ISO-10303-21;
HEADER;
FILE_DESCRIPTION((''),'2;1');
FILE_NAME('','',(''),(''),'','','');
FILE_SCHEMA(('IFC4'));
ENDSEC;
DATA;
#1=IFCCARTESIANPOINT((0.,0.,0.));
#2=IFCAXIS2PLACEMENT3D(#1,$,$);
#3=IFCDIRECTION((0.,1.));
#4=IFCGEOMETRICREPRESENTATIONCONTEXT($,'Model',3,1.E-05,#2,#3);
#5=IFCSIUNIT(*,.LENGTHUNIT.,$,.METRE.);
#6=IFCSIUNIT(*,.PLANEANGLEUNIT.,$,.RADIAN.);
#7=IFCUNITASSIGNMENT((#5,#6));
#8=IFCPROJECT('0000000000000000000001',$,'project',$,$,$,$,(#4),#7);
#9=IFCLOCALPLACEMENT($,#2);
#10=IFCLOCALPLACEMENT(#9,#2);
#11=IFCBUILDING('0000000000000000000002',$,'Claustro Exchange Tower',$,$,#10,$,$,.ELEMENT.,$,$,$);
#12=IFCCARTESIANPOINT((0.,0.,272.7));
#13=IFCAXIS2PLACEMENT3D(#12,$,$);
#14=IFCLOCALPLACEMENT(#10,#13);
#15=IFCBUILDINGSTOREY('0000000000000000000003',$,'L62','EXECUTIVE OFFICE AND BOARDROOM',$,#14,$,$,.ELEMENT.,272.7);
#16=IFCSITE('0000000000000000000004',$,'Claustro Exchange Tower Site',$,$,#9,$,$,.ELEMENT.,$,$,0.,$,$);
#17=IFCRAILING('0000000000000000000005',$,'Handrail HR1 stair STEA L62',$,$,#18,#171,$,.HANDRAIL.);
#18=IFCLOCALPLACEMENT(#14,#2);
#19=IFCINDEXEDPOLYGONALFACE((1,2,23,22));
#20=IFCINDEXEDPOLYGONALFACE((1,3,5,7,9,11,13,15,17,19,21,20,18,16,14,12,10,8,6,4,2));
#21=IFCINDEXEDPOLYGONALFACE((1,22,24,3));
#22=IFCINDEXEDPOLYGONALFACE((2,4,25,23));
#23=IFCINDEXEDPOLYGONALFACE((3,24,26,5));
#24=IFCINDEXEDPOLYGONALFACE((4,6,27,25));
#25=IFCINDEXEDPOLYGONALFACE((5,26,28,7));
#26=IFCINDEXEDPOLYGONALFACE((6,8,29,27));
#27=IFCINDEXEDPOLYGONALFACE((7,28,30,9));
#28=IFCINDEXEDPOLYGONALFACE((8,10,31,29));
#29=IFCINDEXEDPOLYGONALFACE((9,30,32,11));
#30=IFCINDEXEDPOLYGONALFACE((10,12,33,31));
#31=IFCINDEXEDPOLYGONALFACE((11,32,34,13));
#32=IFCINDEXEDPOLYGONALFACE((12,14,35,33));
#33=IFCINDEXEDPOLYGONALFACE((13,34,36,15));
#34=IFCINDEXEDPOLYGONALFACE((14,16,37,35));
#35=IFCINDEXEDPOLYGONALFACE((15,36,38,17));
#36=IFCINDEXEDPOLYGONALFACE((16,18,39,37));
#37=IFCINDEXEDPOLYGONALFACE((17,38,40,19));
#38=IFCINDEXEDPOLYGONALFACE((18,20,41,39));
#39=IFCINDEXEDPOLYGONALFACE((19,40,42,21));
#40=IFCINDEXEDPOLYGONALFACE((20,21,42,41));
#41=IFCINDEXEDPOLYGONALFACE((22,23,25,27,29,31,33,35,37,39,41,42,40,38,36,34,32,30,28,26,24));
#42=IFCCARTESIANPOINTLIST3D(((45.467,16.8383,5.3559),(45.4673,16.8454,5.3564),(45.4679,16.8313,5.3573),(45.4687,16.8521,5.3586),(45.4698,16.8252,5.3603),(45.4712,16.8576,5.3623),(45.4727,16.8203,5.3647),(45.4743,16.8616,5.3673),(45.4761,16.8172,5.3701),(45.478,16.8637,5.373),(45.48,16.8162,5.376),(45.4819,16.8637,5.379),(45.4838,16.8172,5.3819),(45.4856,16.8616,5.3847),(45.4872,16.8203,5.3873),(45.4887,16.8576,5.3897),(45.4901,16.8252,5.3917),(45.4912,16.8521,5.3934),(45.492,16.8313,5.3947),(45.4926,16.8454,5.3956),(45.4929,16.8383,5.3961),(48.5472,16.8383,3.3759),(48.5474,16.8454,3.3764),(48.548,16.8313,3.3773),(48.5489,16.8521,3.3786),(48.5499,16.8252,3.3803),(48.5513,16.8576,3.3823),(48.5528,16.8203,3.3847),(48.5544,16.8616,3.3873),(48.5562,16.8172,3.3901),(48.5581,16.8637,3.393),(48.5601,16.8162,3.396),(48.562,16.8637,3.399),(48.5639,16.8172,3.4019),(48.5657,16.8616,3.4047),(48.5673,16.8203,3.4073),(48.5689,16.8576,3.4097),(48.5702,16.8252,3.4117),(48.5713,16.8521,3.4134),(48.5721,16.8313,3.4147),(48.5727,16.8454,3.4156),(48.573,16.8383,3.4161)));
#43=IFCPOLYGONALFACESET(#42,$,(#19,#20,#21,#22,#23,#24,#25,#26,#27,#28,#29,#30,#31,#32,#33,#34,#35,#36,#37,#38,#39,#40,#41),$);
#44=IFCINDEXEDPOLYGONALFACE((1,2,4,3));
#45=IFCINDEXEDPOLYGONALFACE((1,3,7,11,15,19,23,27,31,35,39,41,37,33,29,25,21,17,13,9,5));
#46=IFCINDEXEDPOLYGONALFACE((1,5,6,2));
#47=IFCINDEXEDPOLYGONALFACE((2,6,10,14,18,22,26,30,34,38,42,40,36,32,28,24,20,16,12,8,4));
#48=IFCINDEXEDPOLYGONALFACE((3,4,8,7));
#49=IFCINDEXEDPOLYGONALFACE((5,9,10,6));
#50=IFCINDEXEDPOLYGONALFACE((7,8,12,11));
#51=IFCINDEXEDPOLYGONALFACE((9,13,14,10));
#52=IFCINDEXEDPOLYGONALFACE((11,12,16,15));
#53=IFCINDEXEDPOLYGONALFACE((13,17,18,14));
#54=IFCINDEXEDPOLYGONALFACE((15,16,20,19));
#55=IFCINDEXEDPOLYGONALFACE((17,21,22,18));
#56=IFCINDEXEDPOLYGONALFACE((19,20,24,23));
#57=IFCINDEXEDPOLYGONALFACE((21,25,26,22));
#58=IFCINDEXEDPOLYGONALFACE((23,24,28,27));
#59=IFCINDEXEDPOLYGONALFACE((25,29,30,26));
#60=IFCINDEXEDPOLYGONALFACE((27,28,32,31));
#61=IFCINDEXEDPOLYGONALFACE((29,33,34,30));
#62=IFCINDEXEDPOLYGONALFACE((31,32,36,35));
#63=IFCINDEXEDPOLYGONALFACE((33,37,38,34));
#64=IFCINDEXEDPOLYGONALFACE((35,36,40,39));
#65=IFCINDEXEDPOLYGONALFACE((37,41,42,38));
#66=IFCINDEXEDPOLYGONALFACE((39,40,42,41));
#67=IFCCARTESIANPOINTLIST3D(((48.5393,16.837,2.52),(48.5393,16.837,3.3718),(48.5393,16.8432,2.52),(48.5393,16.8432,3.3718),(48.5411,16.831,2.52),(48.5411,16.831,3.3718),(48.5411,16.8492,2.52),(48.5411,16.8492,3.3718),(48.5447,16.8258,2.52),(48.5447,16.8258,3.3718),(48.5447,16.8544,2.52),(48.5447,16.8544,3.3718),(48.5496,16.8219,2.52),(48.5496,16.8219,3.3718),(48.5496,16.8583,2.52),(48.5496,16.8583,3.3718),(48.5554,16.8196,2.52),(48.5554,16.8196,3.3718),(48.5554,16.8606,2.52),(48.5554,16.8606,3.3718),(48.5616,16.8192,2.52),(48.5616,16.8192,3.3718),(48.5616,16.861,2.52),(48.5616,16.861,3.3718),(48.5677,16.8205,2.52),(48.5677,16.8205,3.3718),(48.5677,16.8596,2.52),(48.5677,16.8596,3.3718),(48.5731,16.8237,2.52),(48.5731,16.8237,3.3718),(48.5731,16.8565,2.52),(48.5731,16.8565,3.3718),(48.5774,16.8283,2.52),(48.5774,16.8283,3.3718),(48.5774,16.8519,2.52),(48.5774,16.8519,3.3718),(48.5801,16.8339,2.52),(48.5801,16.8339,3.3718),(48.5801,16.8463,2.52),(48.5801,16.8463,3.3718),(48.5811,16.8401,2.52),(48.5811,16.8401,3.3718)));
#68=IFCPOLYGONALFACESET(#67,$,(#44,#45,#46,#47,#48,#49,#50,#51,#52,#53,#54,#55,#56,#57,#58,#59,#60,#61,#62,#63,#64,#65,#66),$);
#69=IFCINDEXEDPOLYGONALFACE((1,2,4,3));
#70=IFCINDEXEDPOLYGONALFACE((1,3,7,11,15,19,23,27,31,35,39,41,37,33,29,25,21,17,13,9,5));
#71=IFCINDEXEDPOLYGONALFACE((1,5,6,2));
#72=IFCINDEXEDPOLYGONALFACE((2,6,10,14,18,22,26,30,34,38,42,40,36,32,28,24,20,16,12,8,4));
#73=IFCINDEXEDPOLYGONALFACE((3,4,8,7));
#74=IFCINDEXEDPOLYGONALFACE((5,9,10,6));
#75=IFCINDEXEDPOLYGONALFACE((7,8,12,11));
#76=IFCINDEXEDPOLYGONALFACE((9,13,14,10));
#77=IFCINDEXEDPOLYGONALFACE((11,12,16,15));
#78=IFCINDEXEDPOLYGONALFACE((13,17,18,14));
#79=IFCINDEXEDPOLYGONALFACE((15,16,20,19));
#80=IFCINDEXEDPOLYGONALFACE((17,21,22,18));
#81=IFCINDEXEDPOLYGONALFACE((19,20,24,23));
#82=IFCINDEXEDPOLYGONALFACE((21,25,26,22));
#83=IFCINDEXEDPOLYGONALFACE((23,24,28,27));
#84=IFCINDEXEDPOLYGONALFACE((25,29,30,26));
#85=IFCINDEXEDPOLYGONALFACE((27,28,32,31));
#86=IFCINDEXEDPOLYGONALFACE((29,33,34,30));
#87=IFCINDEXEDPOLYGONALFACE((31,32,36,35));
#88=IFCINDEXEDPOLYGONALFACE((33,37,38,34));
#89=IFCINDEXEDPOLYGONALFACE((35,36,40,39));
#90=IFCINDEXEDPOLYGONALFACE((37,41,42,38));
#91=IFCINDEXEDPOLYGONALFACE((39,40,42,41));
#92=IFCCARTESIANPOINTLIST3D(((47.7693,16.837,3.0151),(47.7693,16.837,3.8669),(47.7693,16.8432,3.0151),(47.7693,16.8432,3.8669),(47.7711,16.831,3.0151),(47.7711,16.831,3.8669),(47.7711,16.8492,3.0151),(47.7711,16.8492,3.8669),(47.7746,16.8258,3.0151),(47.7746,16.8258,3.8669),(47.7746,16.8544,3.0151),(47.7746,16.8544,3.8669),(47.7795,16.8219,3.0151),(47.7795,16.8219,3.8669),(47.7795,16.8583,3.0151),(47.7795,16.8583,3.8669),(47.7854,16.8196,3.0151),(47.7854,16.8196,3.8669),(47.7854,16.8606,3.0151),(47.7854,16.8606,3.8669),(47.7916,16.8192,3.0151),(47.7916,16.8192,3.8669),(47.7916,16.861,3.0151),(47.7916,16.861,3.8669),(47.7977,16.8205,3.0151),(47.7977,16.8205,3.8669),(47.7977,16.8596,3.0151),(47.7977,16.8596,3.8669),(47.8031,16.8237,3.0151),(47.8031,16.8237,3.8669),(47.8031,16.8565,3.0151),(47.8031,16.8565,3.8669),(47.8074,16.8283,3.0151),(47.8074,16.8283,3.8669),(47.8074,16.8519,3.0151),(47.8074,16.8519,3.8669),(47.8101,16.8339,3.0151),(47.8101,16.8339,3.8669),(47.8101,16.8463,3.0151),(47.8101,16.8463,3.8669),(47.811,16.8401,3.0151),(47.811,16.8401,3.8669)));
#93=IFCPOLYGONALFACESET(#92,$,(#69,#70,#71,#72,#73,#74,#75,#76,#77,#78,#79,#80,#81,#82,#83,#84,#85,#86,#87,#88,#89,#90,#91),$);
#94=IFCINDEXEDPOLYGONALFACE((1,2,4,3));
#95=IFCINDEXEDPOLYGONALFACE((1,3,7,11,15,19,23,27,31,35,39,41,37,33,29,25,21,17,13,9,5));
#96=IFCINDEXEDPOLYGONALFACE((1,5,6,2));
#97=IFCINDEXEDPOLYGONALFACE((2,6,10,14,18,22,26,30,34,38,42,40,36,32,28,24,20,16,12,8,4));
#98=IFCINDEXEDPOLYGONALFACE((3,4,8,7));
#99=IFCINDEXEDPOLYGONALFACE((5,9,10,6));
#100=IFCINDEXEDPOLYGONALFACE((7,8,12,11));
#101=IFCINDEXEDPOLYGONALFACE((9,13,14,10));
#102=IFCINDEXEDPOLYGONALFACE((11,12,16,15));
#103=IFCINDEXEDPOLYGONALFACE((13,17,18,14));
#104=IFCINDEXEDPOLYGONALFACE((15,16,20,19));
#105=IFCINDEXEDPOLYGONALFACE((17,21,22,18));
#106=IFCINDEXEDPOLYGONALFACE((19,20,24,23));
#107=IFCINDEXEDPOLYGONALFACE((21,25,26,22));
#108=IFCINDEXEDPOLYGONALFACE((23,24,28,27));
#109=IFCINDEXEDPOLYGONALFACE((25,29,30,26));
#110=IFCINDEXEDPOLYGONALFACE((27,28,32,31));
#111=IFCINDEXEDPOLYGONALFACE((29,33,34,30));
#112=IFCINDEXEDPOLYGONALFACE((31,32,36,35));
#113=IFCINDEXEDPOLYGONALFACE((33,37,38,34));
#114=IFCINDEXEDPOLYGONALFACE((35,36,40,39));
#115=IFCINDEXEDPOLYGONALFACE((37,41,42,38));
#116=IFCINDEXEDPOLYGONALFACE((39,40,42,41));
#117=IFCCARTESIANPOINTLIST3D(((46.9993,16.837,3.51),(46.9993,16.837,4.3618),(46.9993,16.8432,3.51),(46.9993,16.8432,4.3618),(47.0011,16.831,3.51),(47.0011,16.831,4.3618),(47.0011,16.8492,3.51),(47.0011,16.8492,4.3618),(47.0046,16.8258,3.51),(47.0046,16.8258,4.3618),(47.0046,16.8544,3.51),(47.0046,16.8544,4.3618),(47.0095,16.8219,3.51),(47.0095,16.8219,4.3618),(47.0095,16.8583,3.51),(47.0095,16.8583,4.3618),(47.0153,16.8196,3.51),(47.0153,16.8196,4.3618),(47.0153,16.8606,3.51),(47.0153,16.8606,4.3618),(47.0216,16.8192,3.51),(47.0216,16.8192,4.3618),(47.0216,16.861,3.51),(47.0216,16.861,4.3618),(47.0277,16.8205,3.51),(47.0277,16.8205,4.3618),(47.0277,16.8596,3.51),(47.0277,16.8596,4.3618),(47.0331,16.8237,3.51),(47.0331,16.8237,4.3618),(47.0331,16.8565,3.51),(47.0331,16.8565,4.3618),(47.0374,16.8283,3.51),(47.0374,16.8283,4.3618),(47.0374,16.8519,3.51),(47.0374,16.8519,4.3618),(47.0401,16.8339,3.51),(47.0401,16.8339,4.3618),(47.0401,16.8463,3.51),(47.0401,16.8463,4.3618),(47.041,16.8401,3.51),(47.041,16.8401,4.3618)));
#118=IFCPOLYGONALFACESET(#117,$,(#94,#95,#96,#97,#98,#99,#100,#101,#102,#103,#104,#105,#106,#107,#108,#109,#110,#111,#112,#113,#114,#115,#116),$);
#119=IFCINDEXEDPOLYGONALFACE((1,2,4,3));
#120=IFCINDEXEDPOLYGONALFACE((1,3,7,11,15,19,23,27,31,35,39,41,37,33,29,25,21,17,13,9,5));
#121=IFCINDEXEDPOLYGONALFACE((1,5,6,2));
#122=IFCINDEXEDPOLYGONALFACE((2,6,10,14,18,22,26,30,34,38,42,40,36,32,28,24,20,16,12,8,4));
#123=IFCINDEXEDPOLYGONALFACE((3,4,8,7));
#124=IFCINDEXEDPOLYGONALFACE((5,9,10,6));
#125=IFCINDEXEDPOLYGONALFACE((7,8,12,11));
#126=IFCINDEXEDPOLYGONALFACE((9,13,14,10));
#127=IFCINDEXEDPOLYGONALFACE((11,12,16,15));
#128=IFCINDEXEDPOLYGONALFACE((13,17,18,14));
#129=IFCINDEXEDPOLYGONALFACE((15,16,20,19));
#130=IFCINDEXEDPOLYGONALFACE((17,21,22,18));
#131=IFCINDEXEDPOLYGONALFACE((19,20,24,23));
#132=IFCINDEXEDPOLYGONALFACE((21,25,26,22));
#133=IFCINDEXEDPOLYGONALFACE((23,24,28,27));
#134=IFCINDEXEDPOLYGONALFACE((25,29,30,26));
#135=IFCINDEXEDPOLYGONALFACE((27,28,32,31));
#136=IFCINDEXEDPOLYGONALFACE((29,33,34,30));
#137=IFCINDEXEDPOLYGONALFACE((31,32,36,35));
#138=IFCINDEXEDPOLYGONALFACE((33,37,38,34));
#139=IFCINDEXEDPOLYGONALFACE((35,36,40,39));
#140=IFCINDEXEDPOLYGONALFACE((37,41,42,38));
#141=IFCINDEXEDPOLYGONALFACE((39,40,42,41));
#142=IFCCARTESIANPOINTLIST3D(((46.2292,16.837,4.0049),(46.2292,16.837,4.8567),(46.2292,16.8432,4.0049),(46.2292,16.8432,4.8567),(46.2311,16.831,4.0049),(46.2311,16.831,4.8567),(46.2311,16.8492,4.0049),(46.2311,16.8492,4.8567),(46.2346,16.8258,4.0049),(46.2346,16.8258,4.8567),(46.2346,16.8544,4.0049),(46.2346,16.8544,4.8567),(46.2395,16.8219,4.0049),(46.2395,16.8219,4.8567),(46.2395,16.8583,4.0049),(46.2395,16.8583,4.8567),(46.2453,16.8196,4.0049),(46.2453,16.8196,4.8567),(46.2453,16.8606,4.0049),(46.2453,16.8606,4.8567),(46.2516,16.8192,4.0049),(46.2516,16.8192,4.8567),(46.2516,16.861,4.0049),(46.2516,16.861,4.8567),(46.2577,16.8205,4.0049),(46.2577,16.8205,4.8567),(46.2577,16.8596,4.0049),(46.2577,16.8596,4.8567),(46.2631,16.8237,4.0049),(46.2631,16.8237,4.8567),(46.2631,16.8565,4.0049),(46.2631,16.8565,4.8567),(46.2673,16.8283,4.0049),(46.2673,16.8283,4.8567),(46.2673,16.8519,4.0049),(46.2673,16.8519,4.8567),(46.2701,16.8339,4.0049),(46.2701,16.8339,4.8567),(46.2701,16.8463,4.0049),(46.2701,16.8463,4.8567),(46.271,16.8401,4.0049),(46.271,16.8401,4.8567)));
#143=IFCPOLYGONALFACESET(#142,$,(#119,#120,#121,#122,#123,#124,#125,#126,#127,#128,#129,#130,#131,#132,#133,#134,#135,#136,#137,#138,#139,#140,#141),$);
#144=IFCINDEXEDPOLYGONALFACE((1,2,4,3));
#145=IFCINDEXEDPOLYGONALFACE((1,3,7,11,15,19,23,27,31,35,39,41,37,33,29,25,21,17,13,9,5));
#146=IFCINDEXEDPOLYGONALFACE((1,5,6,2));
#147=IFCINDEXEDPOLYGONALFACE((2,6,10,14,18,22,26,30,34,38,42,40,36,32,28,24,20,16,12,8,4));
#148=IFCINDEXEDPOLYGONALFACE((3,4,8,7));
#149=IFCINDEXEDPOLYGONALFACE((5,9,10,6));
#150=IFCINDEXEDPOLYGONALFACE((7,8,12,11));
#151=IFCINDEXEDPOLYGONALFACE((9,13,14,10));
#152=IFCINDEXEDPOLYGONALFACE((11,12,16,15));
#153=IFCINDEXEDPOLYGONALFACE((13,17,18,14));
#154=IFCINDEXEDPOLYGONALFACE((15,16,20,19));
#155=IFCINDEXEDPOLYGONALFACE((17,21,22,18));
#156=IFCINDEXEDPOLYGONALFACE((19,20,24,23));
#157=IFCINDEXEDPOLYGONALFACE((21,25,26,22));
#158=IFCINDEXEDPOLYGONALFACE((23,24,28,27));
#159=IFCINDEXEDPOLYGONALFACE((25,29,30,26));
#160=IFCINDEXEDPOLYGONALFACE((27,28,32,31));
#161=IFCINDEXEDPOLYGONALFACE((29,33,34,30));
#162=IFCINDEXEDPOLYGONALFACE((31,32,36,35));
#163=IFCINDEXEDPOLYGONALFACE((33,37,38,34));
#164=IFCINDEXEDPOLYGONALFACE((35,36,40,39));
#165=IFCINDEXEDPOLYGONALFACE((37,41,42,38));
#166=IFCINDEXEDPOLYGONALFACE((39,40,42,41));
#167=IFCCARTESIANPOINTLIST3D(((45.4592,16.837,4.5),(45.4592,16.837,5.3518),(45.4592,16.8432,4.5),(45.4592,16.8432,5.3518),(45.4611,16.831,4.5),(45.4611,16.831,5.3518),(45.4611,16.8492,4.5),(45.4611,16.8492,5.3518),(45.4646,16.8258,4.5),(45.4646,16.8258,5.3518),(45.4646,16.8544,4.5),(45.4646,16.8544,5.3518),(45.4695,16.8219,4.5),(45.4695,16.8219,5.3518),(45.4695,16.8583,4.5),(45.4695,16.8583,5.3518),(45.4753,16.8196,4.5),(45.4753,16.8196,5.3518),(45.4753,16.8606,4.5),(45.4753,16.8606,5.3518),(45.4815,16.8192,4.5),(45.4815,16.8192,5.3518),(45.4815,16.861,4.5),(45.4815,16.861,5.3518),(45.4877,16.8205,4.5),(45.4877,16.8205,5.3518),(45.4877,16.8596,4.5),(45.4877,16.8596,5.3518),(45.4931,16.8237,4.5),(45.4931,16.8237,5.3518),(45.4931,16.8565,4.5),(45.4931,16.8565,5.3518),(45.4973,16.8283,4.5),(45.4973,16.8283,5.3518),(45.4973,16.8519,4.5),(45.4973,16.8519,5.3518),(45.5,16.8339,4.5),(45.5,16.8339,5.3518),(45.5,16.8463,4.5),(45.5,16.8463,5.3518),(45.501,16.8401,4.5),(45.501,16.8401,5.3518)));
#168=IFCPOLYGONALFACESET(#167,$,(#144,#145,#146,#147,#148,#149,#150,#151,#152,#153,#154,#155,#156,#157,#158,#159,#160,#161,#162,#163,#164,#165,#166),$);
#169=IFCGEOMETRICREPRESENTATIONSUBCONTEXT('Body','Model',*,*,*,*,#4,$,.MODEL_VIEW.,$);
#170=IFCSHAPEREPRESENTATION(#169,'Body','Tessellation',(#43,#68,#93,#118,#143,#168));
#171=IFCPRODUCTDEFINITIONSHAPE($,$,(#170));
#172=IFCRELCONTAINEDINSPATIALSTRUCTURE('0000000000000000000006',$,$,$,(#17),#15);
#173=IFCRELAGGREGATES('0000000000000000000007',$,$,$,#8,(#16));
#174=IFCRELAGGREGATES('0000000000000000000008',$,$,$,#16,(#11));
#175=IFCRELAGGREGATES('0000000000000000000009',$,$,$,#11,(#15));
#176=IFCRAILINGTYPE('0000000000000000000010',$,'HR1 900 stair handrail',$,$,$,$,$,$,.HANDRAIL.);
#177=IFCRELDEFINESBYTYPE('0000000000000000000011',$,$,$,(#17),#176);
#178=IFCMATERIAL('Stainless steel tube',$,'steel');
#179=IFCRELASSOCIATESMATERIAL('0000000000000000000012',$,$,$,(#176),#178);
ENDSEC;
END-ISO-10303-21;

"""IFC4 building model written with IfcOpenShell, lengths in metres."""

from ifc_helpers import new_model, si_unit, direction, frame, origin, origin_2d, place, context, subcontext, project, spatial, circle, extrude, material, type_object, element, save


model = new_model("IFC4")

# Units and contexts
model_context = context("Model", 3, precision=1e-05, world=origin(), true_north=direction((0.0, 1.0)))
body_context = subcontext(model_context, "Body", "Model", "MODEL_VIEW")
ifc_project = project(units=[si_unit("LENGTHUNIT", "METRE"), si_unit("PLANEANGLEUNIT", "RADIAN")], contexts=[model_context])

# Site, building, storey
site_placement = place(None, origin())
site = spatial("IfcSite", under=ifc_project, at=site_placement, Name="Claustro Exchange Tower Site", CompositionType="ELEMENT", RefElevation=0.0)
building_placement = place(site_placement, origin())
building = spatial("IfcBuilding", under=site, at=building_placement, Name="Claustro Exchange Tower", CompositionType="ELEMENT")
storey_placement = place(building_placement, frame((0.0, 0.0, 272.7)))
storey = spatial("IfcBuildingStorey", under=building, at=storey_placement, Name="L62", Description="EXECUTIVE OFFICE AND BOARDROOM", CompositionType="ELEMENT", Elevation=272.7)

# Railing
ifc_material_1 = material(Name="Stainless steel tube", Category="steel")
railing_type_1 = type_object("IfcRailingType", Name="HR1 900 stair handrail", PredefinedType="HANDRAIL", material=ifc_material_1)
railing_1_placement = place(storey_placement, frame((48.5601, 16.8401, 2.52)))
element("IfcRailing", 1, at=railing_1_placement, inside=storey, type_object=railing_type_1, Name="Handrail HR1 stair STEA L62", PredefinedType="HANDRAIL", context=body_context, shape_type="SweptSolid", body=[
    extrude(circle(Radius=0.0239, at=origin_2d()), frame((0.0, 0.0, 0.876), z_axis=(-0.841187, 0.0, 0.540744), x_axis=(0.0, -1.0, 0.0)), (0.0, 0.0, 1.0), 3.6616),
    extrude(circle(Radius=0.021, at=origin_2d()), origin(), (0.0, 0.0, 1.0), 0.8518),
    extrude(circle(Radius=0.021, at=origin_2d()), frame((-0.77, 0.0, 0.4951)), (0.0, 0.0, 1.0), 0.8518),
    extrude(circle(Radius=0.021, at=origin_2d()), frame((-1.54, 0.0, 0.99)), (0.0, 0.0, 1.0), 0.8518),
    extrude(circle(Radius=0.021, at=origin_2d()), frame((-2.3101, 0.0, 1.4849)), (0.0, 0.0, 1.0), 0.8518),
    extrude(circle(Radius=0.021, at=origin_2d()), frame((-3.0801, 0.0, 1.98)), (0.0, 0.0, 1.0), 0.8518),
])

save(model, "model.ifc")
